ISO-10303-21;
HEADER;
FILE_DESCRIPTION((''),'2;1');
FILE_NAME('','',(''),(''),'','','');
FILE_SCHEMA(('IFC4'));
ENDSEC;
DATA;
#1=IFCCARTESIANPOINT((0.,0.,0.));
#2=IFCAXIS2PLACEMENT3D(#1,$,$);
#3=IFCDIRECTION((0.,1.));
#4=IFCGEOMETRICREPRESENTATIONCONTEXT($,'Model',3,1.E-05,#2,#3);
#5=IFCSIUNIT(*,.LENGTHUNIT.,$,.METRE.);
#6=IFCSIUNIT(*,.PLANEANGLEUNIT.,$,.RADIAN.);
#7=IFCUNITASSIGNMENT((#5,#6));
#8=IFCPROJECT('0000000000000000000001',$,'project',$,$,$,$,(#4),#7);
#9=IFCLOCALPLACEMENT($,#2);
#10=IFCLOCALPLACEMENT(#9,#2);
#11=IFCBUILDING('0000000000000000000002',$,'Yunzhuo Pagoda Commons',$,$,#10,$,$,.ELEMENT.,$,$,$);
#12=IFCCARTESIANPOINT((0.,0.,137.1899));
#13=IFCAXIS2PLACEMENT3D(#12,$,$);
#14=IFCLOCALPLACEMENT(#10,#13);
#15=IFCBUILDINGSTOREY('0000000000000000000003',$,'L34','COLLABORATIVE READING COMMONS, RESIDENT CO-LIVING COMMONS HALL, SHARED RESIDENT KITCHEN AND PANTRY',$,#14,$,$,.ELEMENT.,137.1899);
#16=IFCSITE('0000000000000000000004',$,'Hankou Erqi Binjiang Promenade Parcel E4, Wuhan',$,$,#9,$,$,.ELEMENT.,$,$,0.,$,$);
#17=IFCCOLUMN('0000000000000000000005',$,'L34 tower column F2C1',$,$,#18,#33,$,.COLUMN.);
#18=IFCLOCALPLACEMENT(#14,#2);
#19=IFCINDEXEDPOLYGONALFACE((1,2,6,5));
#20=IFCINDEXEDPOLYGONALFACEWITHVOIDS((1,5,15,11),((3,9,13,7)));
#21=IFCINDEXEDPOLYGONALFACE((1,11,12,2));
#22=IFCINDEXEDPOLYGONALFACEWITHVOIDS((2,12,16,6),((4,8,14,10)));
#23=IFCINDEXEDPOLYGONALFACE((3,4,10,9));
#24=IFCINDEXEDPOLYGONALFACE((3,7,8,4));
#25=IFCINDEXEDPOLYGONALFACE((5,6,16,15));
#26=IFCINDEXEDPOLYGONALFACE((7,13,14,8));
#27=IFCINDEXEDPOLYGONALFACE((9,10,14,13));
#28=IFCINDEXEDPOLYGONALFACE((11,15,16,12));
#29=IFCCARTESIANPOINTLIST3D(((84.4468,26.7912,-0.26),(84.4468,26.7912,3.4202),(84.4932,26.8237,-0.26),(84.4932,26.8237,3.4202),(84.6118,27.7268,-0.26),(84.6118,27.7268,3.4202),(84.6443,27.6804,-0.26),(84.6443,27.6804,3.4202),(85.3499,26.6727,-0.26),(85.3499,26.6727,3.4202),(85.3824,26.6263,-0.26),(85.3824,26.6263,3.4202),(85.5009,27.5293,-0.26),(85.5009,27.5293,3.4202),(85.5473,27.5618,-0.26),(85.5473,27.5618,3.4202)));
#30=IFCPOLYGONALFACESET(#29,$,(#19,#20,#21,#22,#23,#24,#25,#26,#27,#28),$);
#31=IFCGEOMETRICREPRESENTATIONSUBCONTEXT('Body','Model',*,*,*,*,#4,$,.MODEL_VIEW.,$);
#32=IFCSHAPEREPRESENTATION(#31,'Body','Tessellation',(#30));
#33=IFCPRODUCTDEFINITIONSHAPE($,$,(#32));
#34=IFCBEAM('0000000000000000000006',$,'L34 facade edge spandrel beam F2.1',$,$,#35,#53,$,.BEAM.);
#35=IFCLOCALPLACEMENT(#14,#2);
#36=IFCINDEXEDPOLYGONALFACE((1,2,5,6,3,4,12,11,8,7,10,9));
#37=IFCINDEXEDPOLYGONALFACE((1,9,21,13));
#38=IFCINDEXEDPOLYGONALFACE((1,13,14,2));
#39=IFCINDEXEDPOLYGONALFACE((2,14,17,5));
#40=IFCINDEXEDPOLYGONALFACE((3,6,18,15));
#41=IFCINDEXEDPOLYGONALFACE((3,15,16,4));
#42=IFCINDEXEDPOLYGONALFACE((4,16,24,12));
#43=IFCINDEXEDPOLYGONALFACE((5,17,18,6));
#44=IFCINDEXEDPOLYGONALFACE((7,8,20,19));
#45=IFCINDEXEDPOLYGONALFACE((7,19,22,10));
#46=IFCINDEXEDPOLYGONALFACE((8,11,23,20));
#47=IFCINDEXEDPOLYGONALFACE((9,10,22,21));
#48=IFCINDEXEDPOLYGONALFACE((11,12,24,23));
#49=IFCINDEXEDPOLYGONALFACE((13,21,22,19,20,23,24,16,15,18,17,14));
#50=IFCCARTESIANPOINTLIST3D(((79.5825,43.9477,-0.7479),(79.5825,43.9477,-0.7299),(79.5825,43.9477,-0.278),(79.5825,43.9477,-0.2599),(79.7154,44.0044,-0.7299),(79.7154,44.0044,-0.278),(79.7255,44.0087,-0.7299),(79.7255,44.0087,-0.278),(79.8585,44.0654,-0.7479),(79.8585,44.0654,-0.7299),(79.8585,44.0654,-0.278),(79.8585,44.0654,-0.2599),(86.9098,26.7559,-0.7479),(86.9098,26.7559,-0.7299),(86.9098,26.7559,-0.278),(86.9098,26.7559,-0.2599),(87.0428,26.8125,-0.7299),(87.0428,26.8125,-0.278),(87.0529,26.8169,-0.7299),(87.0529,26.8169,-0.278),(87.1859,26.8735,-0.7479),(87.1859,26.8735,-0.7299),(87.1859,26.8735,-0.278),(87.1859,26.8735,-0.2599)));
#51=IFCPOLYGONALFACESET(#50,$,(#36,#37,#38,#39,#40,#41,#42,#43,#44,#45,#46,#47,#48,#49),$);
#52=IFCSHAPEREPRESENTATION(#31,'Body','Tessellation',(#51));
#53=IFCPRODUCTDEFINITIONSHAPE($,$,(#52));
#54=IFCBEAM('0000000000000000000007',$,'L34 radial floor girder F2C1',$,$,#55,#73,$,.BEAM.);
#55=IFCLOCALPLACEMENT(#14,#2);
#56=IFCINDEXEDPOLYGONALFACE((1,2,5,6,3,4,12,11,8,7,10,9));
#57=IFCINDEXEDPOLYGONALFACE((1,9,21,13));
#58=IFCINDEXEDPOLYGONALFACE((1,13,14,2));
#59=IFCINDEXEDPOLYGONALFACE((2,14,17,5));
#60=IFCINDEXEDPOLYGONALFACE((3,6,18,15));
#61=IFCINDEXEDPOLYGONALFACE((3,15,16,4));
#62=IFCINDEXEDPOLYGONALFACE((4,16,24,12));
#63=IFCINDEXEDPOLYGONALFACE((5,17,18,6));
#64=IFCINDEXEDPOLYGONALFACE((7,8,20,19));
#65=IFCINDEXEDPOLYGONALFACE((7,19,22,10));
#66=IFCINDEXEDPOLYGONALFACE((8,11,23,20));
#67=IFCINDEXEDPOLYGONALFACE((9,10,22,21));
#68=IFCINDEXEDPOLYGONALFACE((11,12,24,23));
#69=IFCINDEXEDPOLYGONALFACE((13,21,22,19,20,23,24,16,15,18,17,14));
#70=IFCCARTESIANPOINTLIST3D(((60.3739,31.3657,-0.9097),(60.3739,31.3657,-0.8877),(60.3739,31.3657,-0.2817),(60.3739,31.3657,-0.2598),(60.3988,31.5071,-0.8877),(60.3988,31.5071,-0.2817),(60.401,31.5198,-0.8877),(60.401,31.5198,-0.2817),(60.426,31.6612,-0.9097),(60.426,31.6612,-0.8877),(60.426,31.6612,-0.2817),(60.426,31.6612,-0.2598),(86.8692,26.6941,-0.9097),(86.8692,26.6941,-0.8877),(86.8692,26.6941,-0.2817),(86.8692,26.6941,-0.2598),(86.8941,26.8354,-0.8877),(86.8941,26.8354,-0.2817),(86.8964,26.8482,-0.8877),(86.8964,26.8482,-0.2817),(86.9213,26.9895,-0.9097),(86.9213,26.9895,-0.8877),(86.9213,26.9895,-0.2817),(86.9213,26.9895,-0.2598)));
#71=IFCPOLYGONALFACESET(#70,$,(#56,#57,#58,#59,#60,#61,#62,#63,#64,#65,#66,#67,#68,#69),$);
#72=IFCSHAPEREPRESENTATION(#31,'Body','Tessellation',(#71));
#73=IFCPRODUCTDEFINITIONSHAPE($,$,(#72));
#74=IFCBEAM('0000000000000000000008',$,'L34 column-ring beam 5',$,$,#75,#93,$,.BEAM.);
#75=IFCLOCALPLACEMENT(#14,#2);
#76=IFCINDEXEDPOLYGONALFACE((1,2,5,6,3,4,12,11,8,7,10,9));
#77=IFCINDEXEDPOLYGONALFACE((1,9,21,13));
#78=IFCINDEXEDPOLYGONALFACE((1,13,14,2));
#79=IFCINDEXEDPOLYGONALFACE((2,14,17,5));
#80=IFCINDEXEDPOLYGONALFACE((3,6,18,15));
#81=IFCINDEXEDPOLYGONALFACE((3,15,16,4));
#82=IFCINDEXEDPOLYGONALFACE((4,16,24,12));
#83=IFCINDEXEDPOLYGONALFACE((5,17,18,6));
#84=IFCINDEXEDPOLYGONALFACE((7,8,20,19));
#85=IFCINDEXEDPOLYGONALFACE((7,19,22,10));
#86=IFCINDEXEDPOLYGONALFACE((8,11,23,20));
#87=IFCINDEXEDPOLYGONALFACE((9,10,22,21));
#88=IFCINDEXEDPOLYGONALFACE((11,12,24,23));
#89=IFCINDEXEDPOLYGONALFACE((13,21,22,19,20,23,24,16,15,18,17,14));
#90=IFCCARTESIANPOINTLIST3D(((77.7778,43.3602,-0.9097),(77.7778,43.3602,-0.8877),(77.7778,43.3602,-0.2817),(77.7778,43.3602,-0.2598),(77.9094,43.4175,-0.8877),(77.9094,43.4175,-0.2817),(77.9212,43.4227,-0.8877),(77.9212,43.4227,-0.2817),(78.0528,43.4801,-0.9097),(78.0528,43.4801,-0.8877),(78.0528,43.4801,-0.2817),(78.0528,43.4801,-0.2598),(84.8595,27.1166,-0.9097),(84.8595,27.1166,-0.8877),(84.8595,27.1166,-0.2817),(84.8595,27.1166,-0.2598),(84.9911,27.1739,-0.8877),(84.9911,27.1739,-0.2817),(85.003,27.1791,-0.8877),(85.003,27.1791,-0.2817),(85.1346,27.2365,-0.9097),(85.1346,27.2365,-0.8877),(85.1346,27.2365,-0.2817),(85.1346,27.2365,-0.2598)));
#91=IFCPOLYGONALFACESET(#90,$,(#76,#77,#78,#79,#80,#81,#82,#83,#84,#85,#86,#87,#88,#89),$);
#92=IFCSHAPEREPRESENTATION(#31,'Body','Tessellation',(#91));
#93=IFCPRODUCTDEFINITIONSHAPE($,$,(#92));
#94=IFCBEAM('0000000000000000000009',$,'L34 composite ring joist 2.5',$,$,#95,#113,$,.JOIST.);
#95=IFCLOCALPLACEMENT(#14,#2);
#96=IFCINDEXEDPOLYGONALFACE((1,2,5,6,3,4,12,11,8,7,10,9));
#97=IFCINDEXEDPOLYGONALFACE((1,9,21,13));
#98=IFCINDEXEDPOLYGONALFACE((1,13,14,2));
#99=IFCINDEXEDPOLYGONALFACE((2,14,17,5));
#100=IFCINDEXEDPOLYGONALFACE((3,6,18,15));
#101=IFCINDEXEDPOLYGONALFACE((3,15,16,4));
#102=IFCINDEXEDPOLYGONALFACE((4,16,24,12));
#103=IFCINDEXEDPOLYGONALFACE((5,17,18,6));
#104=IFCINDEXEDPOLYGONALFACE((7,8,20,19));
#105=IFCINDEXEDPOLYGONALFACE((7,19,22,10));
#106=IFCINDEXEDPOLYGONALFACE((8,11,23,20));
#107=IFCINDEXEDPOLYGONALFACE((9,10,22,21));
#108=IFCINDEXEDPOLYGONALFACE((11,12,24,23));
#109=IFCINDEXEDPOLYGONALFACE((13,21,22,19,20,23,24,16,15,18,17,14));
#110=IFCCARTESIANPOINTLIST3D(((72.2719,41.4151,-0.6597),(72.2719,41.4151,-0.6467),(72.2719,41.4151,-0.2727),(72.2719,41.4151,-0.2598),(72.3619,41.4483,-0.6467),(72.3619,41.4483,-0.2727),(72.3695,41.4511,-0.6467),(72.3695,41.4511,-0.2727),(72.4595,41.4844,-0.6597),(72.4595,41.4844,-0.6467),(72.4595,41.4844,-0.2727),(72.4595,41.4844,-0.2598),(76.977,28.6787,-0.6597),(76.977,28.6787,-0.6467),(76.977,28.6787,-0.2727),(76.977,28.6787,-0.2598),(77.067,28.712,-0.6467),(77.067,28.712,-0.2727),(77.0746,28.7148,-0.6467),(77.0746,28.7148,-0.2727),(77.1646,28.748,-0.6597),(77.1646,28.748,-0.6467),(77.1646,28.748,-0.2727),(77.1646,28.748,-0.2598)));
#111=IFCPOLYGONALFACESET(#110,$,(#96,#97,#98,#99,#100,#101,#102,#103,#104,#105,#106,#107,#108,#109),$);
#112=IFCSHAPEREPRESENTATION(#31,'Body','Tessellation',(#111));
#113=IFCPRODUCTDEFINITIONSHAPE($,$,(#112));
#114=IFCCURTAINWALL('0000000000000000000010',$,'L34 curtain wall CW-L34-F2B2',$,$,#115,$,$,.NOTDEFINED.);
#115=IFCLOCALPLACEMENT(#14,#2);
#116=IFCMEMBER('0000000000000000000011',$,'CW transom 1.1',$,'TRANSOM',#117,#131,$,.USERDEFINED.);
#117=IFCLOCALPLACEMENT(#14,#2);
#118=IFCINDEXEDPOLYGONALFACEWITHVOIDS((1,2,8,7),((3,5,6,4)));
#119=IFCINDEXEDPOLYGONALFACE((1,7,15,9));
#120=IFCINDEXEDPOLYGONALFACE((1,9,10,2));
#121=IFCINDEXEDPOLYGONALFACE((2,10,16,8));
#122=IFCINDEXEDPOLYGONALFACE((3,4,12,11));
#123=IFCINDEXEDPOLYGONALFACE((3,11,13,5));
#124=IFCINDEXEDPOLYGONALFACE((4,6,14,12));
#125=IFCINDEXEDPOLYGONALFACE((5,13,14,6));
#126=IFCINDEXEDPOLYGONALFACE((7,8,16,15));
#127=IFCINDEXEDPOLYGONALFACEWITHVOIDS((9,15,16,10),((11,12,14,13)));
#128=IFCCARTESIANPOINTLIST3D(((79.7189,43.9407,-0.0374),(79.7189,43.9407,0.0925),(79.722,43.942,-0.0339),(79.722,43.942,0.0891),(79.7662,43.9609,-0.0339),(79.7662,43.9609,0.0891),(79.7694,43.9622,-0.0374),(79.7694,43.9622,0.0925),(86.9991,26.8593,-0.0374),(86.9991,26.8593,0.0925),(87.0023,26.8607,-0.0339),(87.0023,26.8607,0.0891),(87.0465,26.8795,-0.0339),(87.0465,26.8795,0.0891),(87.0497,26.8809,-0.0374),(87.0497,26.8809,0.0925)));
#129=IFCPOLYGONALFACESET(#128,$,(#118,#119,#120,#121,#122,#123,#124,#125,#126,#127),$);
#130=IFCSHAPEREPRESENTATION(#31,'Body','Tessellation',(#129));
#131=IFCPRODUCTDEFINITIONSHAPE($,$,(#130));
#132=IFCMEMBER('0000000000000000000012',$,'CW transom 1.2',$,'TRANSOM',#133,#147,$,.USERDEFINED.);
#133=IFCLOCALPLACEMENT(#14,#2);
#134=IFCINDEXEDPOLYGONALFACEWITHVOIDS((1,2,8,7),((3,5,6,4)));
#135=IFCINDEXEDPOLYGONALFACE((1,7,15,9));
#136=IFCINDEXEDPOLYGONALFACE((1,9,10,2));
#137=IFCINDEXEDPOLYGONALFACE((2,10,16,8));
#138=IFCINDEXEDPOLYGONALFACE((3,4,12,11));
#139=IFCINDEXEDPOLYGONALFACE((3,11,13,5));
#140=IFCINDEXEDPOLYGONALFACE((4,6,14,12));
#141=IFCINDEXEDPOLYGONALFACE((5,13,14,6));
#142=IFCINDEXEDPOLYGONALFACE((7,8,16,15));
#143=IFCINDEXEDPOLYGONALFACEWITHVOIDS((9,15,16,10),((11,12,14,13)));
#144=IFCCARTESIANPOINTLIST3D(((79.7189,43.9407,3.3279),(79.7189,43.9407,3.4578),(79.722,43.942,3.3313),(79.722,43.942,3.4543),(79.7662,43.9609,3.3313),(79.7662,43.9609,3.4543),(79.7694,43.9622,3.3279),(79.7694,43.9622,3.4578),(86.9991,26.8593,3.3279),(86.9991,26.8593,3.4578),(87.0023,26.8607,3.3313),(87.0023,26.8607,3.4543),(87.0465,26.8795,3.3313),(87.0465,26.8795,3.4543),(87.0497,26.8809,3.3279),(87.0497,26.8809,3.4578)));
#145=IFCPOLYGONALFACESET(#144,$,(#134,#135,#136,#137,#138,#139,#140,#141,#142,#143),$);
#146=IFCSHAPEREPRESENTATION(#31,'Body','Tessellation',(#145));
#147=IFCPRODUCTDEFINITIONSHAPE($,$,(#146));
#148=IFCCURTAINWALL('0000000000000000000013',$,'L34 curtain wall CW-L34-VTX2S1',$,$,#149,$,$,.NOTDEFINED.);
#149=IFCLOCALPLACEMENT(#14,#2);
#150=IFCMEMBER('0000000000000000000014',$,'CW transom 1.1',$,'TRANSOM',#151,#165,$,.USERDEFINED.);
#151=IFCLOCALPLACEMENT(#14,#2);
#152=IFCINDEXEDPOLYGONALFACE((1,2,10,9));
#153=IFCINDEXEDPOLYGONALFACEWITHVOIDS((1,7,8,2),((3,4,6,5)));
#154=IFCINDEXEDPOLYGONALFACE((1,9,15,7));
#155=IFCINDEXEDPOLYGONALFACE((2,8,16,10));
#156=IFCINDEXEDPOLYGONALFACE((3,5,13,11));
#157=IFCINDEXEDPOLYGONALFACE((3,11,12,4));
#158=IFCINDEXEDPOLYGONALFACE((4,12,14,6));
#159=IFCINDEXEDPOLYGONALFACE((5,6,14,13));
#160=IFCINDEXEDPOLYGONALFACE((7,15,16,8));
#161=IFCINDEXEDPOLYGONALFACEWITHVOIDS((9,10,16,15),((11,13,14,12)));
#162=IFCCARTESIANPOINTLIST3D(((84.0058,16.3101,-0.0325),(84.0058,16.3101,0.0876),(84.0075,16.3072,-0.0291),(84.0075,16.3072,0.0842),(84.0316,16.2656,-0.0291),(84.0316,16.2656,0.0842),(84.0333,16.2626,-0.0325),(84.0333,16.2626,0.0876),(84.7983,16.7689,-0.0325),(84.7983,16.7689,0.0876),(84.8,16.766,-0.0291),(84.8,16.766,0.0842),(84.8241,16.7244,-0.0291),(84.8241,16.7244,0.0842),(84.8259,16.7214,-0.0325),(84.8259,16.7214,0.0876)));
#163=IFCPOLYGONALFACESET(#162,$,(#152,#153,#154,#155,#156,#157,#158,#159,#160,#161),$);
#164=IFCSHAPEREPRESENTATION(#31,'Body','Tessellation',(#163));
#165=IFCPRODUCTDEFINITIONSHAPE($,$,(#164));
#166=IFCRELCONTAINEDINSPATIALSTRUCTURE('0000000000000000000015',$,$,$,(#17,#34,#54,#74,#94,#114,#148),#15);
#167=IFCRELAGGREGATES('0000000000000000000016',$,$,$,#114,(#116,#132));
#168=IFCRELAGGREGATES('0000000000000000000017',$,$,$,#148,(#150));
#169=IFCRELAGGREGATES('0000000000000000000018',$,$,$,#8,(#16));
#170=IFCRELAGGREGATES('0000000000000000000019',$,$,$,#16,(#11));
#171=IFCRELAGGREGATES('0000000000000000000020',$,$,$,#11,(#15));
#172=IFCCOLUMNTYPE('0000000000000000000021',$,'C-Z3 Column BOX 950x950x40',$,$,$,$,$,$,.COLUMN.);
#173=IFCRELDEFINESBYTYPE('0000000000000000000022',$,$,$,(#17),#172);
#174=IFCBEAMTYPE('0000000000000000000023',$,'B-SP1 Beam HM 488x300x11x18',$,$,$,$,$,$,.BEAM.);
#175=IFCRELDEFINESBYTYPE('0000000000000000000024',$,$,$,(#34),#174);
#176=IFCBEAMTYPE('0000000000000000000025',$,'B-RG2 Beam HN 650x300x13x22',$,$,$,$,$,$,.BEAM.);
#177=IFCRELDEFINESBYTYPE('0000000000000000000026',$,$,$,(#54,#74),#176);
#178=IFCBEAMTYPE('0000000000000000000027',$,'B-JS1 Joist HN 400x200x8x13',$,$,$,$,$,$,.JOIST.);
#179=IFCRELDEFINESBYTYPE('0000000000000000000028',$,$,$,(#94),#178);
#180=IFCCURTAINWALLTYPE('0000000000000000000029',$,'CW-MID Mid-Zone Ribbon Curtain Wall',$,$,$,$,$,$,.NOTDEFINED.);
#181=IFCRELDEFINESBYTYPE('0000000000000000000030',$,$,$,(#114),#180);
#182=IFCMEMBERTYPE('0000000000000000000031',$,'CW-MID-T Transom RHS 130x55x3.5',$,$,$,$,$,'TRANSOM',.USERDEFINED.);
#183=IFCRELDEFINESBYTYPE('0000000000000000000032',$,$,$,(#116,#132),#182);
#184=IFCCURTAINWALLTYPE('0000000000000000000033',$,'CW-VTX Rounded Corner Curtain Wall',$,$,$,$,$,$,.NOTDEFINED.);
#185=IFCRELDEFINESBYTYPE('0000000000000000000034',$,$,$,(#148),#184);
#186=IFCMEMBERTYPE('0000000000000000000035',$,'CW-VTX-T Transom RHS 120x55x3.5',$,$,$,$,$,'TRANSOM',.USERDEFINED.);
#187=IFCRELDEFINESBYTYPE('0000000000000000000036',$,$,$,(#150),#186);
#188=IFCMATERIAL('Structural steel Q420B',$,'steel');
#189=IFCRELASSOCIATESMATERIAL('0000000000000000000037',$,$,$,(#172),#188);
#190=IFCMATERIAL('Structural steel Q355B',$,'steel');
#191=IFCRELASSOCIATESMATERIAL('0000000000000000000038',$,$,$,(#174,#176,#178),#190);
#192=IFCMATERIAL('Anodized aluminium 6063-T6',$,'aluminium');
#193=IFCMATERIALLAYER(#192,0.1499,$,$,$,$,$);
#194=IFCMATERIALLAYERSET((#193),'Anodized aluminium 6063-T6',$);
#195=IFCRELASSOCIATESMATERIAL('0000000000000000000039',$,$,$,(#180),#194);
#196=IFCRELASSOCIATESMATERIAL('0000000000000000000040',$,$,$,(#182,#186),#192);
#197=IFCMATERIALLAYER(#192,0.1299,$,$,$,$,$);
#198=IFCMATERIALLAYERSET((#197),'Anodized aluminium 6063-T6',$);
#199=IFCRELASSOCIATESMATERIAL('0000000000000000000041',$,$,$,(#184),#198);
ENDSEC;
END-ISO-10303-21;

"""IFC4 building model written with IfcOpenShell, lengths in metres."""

from ifc_helpers import new_model, si_unit, direction, frame, origin, origin_2d, place, context, subcontext, project, spatial, hollow_rectangle, i_section, extrude, source, transform, mapped, material, layer, layer_set, material_profile, profile_set, type_object, element, aggregate, save


model = new_model("IFC4")

# Units and contexts
model_context = context("Model", 3, precision=1e-05, world=origin(), true_north=direction((0.0, 1.0)))
body_context = subcontext(model_context, "Body", "Model", "MODEL_VIEW")
ifc_project = project(units=[si_unit("LENGTHUNIT", "METRE"), si_unit("PLANEANGLEUNIT", "RADIAN")], contexts=[model_context])

# Site, building, storey
site_placement = place(None, origin())
site = spatial("IfcSite", under=ifc_project, at=site_placement, Name="Hankou Erqi Binjiang Promenade Parcel E4, Wuhan", CompositionType="ELEMENT", RefElevation=0.0)
building_placement = place(site_placement, origin())
building = spatial("IfcBuilding", under=site, at=building_placement, Name="Yunzhuo Pagoda Commons", CompositionType="ELEMENT")
storey_placement = place(building_placement, frame((0.0, 0.0, 137.1899)))
storey = spatial("IfcBuildingStorey", under=building, at=storey_placement, Name="L34", Description="COLLABORATIVE READING COMMONS, RESIDENT CO-LIVING COMMONS HALL, SHARED RESIDENT KITCHEN AND PANTRY", CompositionType="ELEMENT", Elevation=137.1899)

# Column
ifc_material_1 = material(Name="Structural steel Q420B", Category="steel")
ifc_material_profile_1 = material_profile(ifc_material_1, hollow_rectangle(XDim=0.95, YDim=0.95, WallThickness=0.04, at=origin_2d()), Name="Structural steel Q420B")
ifc_profile_set_1 = profile_set([ifc_material_profile_1], Name="Structural steel Q420B")
column_type = type_object("IfcColumnType", Name="C-Z3 Column BOX 950x950x40", PredefinedType="COLUMN", material=ifc_profile_set_1)
shared_shape_1 = source(origin(), body_context, "Body", "SweptSolid", [
    extrude(hollow_rectangle(XDim=0.95, YDim=0.95, WallThickness=0.04, at=origin_2d()), origin(), (0.0, 0.0, 1.0), 3.6802),
])
column_placement = place(storey_placement, frame((84.9971, 27.1765, -0.26), z_axis=(0.0, 0.0, 1.0), x_axis=(0.173648, 0.984808, 0.0)))
element("IfcColumn", 1, at=column_placement, inside=storey, type_object=column_type, Name="L34 tower column F2C1", PredefinedType="COLUMN", context=body_context, shape_type="MappedRepresentation", body=[
    mapped(shared_shape_1, transform((0.0, 0.0, 0.0), scale=1.0)),
])

# Beams
ifc_material_2 = material(Name="Structural steel Q355B", Category="steel")
ifc_material_profile_2 = material_profile(ifc_material_2, i_section(OverallWidth=0.3, OverallDepth=0.488, WebThickness=0.011, FlangeThickness=0.0181, at=origin_2d()), Name="Structural steel Q355B")
ifc_profile_set_2 = profile_set([ifc_material_profile_2], Name="Structural steel Q355B")
beam_type_1 = type_object("IfcBeamType", Name="B-SP1 Beam HM 488x300x11x18", PredefinedType="BEAM", material=ifc_profile_set_2)
shared_shape_2 = source(origin(), body_context, "Body", "SweptSolid", [
    extrude(i_section(OverallWidth=0.3, OverallDepth=0.488, WebThickness=0.011, FlangeThickness=0.0181, at=origin_2d()), origin(), (0.0, 0.0, 1.0), 18.6882),
])
beam_1_placement = place(storey_placement, frame((87.0479, 26.8147, -0.5039), z_axis=(-0.392085, 0.919929, 0.0), x_axis=(-0.919929, -0.392085, 0.0)))
element("IfcBeam", 2, at=beam_1_placement, inside=storey, type_object=beam_type_1, Name="L34 facade edge spandrel beam F2.1", PredefinedType="BEAM", context=body_context, shape_type="MappedRepresentation", body=[
    mapped(shared_shape_2, transform((0.0, 0.0, 0.0), scale=1.0)),
])
ifc_material_profile_3 = material_profile(ifc_material_2, i_section(OverallWidth=0.3, OverallDepth=0.6499, WebThickness=0.0129, FlangeThickness=0.022, at=origin_2d()), Name="Structural steel Q355B")
ifc_profile_set_3 = profile_set([ifc_material_profile_3], Name="Structural steel Q355B")
beam_type_2 = type_object("IfcBeamType", Name="B-RG2 Beam HN 650x300x13x22", PredefinedType="BEAM", material=ifc_profile_set_3)
shared_shape_3 = source(origin(), body_context, "Body", "SweptSolid", [
    extrude(i_section(OverallWidth=0.3, OverallDepth=0.6499, WebThickness=0.0129, FlangeThickness=0.022, at=origin_2d()), origin(), (0.0, 0.0, 1.0), 26.9041),
])
beam_2_placement = place(storey_placement, frame((86.8953, 26.8418, -0.5847), z_axis=(-0.984809, 0.17364, 0.0), x_axis=(-0.17364, -0.984809, 0.0)))
element("IfcBeam", 3, at=beam_2_placement, inside=storey, type_object=beam_type_2, Name="L34 radial floor girder F2C1", PredefinedType="BEAM", context=body_context, shape_type="MappedRepresentation", body=[
    mapped(shared_shape_3, transform((0.0, 0.0, 0.0), scale=1.0)),
])
shared_shape_4 = source(origin(), body_context, "Body", "SweptSolid", [
    extrude(i_section(OverallWidth=0.3, OverallDepth=0.6499, WebThickness=0.0129, FlangeThickness=0.022, at=origin_2d()), origin(), (0.0, 0.0, 1.0), 17.7202),
])
beam_3_placement = place(storey_placement, frame((84.9971, 27.1765, -0.5847), z_axis=(-0.399643, 0.916671, 0.0), x_axis=(-0.916671, -0.399643, 0.0)))
element("IfcBeam", 4, at=beam_3_placement, inside=storey, type_object=beam_type_2, Name="L34 column-ring beam 5", PredefinedType="BEAM", context=body_context, shape_type="MappedRepresentation", body=[
    mapped(shared_shape_4, transform((0.0, 0.0, 0.0), scale=1.0)),
])
ifc_material_profile_4 = material_profile(ifc_material_2, i_section(OverallWidth=0.2, OverallDepth=0.3999, WebThickness=0.0081, FlangeThickness=0.0129, at=origin_2d()), Name="Structural steel Q355B")
ifc_profile_set_4 = profile_set([ifc_material_profile_4], Name="Structural steel Q355B")
beam_type_3 = type_object("IfcBeamType", Name="B-JS1 Joist HN 400x200x8x13", PredefinedType="JOIST", material=ifc_profile_set_4)
shared_shape_5 = source(origin(), body_context, "Body", "SweptSolid", [
    extrude(i_section(OverallWidth=0.2, OverallDepth=0.3999, WebThickness=0.0081, FlangeThickness=0.0129, at=origin_2d()), origin(), (0.0, 0.0, 1.0), 13.5776),
])
beam_4_placement = place(storey_placement, frame((77.0708, 28.7134, -0.4597), z_axis=(-0.346532, 0.938038, 0.0), x_axis=(-0.938038, -0.346532, 0.0)))
element("IfcBeam", 5, at=beam_4_placement, inside=storey, type_object=beam_type_3, Name="L34 composite ring joist 2.5", PredefinedType="JOIST", context=body_context, shape_type="MappedRepresentation", body=[
    mapped(shared_shape_5, transform((0.0, 0.0, 0.0), scale=1.0)),
])

# Curtain walls, members
ifc_material_3 = material(Name="Anodized aluminium 6063-T6", Category="aluminium")
ifc_layer_1 = layer(ifc_material_3, 0.1499)
ifc_layer_set_1 = layer_set([ifc_layer_1], Name="Anodized aluminium 6063-T6")
curtain_wall_type_1 = type_object("IfcCurtainWallType", Name="CW-MID Mid-Zone Ribbon Curtain Wall", PredefinedType="NOTDEFINED", material=ifc_layer_set_1)
curtain_wall_1_placement = place(storey_placement, origin())
curtain_wall_1 = element("IfcCurtainWall", 6, at=curtain_wall_1_placement, inside=storey, type_object=curtain_wall_type_1, Name="L34 curtain wall CW-L34-F2B2", PredefinedType="NOTDEFINED")
ifc_material_profile_5 = material_profile(ifc_material_3, hollow_rectangle(XDim=0.0549, YDim=0.1299, WallThickness=0.0034, at=origin_2d()), Name="Anodized aluminium 6063-T6")
ifc_profile_set_5 = profile_set([ifc_material_profile_5], Name="Anodized aluminium 6063-T6")
member_type_1 = type_object("IfcMemberType", Name="CW-MID-T Transom RHS 130x55x3.5", ElementType="TRANSOM", PredefinedType="USERDEFINED", material=ifc_profile_set_5)
shared_shape_6 = source(origin(), body_context, "Body", "SweptSolid", [
    extrude(hollow_rectangle(XDim=0.0549, YDim=0.1299, WallThickness=0.0034, at=origin_2d()), origin(), (0.0, 0.0, 1.0), 18.5681),
])
member_1_placement = place(storey_placement, frame((87.0244, 26.8701, 0.0276), z_axis=(-0.392086, 0.919929, 0.0), x_axis=(-0.919929, -0.392086, 0.0)))
member_1 = element("IfcMember", 7, at=member_1_placement, type_object=member_type_1, Name="CW transom 1.1", ObjectType="TRANSOM", PredefinedType="USERDEFINED", context=body_context, shape_type="MappedRepresentation", body=[
    mapped(shared_shape_6, transform((0.0, 0.0, 0.0), scale=1.0)),
])
member_2_placement = place(storey_placement, frame((87.0244, 26.8701, 3.3928), z_axis=(-0.392086, 0.919929, 0.0), x_axis=(-0.919929, -0.392086, 0.0)))
member_2 = element("IfcMember", 8, at=member_2_placement, type_object=member_type_1, Name="CW transom 1.2", ObjectType="TRANSOM", PredefinedType="USERDEFINED", context=body_context, shape_type="MappedRepresentation", body=[
    mapped(shared_shape_6, transform((0.0, 0.0, 0.0), scale=1.0)),
])
ifc_layer_2 = layer(ifc_material_3, 0.1299)
ifc_layer_set_2 = layer_set([ifc_layer_2], Name="Anodized aluminium 6063-T6")
curtain_wall_type_2 = type_object("IfcCurtainWallType", Name="CW-VTX Rounded Corner Curtain Wall", PredefinedType="NOTDEFINED", material=ifc_layer_set_2)
curtain_wall_2_placement = place(storey_placement, origin())
curtain_wall_2 = element("IfcCurtainWall", 9, at=curtain_wall_2_placement, inside=storey, type_object=curtain_wall_type_2, Name="L34 curtain wall CW-L34-VTX2S1", PredefinedType="NOTDEFINED")
ifc_material_profile_6 = material_profile(ifc_material_3, hollow_rectangle(XDim=0.0549, YDim=0.1201, WallThickness=0.0034, at=origin_2d()), Name="Anodized aluminium 6063-T6")
ifc_profile_set_6 = profile_set([ifc_material_profile_6], Name="Anodized aluminium 6063-T6")
member_type_2 = type_object("IfcMemberType", Name="CW-VTX-T Transom RHS 120x55x3.5", ElementType="TRANSOM", PredefinedType="USERDEFINED", material=ifc_profile_set_6)
shared_shape_7 = source(origin(), body_context, "Body", "SweptSolid", [
    extrude(hollow_rectangle(XDim=0.0549, YDim=0.1201, WallThickness=0.0034, at=origin_2d()), origin(), (0.0, 0.0, 1.0), 0.9158),
])
member_3_placement = place(storey_placement, frame((84.0195, 16.2864, 0.0276), z_axis=(0.865457, 0.500984, 0.0), x_axis=(-0.500984, 0.865457, 0.0)))
member_3 = element("IfcMember", 10, at=member_3_placement, type_object=member_type_2, Name="CW transom 1.1", ObjectType="TRANSOM", PredefinedType="USERDEFINED", context=body_context, shape_type="MappedRepresentation", body=[
    mapped(shared_shape_7, transform((0.0, 0.0, 0.0), scale=1.0)),
])

aggregate(curtain_wall_1, [member_1, member_2])

aggregate(curtain_wall_2, [member_3])

save(model, "model.ifc")
